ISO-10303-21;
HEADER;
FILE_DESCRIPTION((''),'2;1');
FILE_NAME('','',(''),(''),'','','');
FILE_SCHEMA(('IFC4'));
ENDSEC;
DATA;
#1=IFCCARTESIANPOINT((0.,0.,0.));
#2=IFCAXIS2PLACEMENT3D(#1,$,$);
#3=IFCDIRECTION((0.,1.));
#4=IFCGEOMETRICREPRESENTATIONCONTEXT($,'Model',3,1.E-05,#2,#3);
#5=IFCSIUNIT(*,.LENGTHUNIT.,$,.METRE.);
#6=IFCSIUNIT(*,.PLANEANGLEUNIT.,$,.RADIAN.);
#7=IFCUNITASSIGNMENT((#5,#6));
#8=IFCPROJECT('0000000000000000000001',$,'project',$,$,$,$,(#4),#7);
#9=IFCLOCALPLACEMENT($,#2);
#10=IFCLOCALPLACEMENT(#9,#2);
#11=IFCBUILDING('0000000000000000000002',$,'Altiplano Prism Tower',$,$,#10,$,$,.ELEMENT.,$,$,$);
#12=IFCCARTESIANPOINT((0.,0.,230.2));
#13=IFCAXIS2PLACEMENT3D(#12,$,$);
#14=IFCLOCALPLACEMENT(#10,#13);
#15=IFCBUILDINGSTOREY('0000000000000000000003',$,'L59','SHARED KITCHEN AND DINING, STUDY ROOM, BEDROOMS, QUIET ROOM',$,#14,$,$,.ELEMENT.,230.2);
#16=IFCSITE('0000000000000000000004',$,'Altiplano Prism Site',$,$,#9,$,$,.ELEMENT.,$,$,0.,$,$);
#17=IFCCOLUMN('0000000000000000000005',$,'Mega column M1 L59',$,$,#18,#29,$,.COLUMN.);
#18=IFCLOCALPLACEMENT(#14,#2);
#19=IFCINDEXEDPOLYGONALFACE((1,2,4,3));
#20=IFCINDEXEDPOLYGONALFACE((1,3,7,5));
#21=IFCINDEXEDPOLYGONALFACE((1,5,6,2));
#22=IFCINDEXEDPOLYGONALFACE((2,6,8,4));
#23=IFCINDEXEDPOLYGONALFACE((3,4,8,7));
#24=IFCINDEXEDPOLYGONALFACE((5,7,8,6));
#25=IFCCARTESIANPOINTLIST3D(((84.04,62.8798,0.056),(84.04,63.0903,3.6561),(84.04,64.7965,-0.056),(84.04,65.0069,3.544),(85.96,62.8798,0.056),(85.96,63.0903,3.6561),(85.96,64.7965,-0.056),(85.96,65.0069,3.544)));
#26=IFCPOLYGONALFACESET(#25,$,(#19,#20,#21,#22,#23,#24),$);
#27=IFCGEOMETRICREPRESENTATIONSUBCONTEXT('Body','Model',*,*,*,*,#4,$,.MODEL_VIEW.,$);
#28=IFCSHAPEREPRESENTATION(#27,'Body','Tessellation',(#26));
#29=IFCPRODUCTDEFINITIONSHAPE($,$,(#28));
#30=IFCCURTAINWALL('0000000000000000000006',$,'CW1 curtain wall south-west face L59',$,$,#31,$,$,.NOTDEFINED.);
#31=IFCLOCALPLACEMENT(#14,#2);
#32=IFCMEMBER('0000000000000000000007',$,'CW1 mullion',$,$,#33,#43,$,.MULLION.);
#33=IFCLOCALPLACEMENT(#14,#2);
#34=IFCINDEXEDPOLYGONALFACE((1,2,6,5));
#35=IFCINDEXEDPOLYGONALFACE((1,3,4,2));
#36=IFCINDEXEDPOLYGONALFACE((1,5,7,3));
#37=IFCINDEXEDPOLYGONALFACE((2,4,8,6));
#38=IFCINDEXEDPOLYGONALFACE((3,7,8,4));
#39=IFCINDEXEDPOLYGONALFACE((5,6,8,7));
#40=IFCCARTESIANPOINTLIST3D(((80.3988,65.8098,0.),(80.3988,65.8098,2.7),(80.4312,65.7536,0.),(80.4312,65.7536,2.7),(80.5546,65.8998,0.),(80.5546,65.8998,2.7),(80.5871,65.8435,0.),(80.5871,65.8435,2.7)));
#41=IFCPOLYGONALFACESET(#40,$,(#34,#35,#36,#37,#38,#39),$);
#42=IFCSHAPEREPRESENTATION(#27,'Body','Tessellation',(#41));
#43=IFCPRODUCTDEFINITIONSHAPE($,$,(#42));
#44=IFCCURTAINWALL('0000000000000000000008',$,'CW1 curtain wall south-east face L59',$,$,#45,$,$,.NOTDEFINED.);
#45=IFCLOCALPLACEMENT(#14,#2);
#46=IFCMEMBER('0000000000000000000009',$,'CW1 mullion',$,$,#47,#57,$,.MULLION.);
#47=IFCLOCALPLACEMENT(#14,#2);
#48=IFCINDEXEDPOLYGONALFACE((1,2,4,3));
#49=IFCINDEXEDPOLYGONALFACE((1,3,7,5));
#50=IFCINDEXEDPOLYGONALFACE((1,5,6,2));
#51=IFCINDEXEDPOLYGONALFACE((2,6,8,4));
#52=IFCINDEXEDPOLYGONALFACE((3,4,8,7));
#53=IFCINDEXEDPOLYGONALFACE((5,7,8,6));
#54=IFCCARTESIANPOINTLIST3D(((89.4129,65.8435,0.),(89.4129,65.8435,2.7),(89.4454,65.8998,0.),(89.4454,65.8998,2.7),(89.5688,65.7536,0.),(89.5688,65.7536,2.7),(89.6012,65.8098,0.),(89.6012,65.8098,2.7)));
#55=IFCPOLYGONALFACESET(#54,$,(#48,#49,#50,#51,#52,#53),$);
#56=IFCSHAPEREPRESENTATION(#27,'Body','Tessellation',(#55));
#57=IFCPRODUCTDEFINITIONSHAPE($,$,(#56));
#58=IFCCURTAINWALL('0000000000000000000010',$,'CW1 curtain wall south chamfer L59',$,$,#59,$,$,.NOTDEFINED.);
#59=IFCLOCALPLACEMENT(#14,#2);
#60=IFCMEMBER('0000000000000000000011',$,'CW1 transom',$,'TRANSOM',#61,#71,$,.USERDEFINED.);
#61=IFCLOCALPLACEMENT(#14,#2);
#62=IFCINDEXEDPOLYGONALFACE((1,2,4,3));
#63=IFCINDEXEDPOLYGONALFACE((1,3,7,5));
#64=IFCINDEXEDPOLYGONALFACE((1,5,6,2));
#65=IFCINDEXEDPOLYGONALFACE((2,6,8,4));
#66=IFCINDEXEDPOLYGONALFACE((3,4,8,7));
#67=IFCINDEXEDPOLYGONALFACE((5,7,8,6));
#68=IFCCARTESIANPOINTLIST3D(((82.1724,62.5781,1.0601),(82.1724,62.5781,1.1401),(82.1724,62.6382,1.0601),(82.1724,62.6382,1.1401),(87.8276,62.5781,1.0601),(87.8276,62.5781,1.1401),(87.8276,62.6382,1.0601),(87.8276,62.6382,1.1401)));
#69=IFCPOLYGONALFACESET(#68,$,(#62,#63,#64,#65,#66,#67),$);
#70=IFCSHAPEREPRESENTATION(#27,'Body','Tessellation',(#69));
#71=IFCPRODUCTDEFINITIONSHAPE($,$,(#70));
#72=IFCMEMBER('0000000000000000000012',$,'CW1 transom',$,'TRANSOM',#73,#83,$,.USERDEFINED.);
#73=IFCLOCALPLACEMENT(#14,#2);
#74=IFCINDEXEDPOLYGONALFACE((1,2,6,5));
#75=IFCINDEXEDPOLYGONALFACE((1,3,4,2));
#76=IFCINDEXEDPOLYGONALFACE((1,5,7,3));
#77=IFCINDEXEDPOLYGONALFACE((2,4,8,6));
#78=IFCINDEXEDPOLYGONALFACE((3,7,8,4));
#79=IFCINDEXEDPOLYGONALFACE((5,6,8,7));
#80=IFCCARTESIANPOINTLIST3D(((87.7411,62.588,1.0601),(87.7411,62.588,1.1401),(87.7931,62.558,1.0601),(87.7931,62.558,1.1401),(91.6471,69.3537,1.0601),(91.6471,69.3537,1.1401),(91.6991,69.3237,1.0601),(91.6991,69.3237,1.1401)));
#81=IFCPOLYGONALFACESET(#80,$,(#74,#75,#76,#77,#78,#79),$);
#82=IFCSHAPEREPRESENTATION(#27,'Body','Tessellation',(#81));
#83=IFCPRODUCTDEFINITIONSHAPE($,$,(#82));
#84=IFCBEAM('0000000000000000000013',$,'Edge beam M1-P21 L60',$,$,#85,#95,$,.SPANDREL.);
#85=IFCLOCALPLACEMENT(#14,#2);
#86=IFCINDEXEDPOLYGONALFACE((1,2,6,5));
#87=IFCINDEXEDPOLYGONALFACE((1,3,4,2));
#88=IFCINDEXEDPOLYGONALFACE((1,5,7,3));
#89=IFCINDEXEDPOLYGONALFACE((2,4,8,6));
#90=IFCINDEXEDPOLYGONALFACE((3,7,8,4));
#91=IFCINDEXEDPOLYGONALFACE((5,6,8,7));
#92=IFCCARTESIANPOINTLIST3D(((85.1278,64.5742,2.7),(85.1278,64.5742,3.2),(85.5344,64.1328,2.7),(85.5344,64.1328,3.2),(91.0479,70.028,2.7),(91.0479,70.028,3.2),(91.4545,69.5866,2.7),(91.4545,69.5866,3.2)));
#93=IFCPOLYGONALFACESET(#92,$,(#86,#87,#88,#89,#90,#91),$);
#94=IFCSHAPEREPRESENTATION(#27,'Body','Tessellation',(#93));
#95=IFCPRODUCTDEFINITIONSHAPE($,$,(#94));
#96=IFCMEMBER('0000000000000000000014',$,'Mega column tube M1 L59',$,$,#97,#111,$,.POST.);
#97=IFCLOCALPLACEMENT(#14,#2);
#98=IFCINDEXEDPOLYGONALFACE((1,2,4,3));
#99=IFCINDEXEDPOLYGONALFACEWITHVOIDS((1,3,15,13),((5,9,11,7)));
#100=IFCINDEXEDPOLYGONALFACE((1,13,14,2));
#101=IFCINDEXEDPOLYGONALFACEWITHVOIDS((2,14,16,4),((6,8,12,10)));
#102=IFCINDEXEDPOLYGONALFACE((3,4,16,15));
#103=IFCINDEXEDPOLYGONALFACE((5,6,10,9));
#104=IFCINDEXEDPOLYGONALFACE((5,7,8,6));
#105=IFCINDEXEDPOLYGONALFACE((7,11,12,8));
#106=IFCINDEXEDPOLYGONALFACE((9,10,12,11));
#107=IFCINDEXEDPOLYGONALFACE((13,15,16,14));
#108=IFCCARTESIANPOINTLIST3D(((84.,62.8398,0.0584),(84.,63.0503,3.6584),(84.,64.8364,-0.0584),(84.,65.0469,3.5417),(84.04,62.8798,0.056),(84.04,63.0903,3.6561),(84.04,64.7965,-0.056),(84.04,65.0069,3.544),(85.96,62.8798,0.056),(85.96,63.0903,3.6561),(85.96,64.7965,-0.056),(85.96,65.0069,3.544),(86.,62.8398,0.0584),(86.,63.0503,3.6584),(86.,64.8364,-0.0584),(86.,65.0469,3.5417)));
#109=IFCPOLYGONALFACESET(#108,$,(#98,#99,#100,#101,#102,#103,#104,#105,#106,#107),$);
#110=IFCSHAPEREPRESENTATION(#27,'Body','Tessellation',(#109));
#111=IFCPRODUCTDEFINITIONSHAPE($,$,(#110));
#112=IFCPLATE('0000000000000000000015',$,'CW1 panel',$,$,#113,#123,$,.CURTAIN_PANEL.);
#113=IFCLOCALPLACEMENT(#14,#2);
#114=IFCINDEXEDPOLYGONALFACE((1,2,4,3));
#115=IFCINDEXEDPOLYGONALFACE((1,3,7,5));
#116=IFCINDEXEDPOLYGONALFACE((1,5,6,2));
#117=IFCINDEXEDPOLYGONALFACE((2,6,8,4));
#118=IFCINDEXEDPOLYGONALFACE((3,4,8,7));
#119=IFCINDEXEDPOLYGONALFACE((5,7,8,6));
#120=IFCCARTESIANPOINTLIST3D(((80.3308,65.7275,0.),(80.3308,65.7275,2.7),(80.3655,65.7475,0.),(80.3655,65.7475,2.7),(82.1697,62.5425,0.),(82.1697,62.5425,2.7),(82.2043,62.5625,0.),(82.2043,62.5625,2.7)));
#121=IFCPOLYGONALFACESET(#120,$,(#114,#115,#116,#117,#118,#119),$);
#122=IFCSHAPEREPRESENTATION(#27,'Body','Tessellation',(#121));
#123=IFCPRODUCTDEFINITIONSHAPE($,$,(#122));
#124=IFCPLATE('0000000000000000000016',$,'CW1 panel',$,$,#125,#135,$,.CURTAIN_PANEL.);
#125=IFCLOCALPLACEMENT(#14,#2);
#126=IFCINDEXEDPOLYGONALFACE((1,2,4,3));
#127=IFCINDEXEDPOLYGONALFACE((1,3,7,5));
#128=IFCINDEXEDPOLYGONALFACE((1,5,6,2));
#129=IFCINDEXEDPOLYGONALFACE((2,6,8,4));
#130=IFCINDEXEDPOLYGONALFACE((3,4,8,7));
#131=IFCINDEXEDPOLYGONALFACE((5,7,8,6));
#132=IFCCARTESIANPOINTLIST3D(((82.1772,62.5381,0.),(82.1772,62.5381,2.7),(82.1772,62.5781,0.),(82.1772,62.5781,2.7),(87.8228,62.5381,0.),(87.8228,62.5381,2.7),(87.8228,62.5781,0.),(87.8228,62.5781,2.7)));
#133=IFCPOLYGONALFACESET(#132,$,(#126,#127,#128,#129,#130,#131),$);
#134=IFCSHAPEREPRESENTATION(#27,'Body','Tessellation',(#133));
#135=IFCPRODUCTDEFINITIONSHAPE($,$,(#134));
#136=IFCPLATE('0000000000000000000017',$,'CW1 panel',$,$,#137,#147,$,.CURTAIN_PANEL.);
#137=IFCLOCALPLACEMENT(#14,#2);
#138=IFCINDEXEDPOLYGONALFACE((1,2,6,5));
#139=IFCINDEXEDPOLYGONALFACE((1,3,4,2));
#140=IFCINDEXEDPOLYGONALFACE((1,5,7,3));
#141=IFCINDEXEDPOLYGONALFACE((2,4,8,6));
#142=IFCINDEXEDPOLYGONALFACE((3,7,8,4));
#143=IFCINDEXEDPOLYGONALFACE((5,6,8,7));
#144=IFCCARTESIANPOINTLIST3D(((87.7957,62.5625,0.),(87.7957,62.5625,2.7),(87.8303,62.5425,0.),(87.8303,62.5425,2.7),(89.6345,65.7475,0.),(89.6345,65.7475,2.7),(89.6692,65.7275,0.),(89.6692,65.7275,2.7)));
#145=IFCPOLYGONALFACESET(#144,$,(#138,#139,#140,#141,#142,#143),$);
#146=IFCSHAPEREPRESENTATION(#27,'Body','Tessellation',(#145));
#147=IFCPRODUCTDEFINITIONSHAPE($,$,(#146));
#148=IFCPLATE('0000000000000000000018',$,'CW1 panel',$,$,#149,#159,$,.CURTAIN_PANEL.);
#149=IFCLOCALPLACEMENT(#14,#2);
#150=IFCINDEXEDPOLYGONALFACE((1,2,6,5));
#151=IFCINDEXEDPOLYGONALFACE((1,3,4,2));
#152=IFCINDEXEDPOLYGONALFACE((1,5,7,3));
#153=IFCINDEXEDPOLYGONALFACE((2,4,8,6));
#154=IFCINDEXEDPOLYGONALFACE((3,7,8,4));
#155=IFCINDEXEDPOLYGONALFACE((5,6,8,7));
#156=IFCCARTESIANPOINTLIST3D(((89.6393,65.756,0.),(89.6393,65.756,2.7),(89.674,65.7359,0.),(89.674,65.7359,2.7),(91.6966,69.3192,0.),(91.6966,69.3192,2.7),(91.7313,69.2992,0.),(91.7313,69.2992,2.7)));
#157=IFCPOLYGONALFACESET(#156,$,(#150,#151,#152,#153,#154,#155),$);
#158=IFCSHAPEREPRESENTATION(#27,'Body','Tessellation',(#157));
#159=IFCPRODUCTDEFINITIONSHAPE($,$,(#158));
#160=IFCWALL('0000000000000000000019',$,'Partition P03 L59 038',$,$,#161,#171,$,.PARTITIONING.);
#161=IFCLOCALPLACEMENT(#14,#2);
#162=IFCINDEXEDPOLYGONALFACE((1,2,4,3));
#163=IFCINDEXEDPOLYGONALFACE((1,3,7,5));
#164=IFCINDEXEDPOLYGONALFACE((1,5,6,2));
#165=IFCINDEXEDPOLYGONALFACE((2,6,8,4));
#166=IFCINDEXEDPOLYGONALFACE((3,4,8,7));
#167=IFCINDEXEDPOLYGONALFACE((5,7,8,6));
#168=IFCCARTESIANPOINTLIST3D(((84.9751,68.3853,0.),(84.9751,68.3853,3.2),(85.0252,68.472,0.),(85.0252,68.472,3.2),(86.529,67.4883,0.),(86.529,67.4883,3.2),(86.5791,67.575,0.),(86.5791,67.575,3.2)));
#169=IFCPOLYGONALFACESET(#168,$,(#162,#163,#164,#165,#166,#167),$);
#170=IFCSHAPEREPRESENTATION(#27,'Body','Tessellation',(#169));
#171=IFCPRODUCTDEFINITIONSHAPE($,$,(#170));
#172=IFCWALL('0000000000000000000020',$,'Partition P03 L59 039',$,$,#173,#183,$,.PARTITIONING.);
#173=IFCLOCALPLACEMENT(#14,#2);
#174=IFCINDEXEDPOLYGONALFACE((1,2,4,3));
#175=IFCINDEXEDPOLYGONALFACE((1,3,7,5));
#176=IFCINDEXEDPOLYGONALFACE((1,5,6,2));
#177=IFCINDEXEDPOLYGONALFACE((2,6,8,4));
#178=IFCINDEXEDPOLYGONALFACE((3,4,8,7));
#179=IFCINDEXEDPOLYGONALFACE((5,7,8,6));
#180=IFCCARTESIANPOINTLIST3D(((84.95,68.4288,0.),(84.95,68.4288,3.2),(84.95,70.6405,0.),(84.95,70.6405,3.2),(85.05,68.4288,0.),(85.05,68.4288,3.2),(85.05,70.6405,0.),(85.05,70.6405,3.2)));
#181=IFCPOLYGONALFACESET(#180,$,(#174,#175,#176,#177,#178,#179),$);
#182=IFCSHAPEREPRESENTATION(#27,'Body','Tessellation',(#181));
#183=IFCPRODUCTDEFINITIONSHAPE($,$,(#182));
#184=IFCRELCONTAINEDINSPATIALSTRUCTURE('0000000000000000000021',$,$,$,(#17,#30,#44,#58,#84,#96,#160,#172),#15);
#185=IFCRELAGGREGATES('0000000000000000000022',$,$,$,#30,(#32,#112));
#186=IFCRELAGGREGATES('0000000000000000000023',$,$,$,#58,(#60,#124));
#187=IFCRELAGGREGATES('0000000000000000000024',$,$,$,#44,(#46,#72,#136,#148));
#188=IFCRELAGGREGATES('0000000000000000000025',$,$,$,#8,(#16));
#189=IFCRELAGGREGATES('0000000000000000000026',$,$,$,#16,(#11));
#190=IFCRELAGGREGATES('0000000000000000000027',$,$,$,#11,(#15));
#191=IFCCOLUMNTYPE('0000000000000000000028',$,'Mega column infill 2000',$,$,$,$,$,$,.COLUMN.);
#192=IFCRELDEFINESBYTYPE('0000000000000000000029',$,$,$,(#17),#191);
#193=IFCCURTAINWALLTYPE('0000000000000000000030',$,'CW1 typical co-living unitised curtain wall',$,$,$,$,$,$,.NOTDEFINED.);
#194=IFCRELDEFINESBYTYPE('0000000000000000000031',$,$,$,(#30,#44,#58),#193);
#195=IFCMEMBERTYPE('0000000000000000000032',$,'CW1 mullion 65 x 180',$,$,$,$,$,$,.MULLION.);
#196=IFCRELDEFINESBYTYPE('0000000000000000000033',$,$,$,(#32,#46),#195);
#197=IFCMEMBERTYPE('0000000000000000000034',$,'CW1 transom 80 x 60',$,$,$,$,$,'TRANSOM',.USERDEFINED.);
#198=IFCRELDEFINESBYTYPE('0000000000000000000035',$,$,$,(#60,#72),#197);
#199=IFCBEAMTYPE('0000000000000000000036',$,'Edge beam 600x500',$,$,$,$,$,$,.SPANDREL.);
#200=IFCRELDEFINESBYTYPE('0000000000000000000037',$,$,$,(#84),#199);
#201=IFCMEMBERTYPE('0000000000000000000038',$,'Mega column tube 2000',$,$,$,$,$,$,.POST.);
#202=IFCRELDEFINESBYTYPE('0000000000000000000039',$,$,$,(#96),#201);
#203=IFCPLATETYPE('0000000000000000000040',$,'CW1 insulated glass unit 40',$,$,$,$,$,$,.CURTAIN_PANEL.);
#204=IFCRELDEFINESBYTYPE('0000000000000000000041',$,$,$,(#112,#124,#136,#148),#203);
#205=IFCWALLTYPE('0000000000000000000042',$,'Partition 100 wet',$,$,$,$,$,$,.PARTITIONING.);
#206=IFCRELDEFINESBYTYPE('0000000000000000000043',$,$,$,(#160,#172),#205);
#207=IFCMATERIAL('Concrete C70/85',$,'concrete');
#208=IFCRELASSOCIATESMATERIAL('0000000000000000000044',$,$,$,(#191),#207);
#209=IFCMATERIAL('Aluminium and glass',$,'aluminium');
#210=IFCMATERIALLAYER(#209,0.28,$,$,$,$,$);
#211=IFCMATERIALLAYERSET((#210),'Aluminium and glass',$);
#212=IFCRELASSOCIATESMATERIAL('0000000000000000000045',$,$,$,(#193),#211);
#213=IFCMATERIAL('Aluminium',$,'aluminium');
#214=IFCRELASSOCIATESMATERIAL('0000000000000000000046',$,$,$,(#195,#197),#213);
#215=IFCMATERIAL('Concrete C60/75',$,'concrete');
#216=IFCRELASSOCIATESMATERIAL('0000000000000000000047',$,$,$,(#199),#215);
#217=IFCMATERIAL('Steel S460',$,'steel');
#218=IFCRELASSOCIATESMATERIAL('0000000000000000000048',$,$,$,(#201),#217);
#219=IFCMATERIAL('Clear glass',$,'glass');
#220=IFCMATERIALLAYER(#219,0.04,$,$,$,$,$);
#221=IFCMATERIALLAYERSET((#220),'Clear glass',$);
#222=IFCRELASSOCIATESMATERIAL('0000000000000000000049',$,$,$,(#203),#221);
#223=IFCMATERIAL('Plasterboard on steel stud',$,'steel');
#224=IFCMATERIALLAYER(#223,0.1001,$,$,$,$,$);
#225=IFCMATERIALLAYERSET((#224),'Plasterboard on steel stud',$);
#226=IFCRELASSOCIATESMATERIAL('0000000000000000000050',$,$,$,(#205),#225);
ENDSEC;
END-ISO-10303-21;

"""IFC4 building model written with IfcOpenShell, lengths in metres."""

from ifc_helpers import new_model, si_unit, direction, frame, frame_2d, origin, origin_2d, place, context, subcontext, project, spatial, rectangle, hollow_rectangle, extrude, material, layer, layer_set, material_profile, profile_set, type_object, element, aggregate, save


model = new_model("IFC4")

# Units and contexts
model_context = context("Model", 3, precision=1e-05, world=origin(), true_north=direction((0.0, 1.0)))
body_context = subcontext(model_context, "Body", "Model", "MODEL_VIEW")
ifc_project = project(units=[si_unit("LENGTHUNIT", "METRE"), si_unit("PLANEANGLEUNIT", "RADIAN")], contexts=[model_context])

# Site, building, storey
site_placement = place(None, origin())
site = spatial("IfcSite", under=ifc_project, at=site_placement, Name="Altiplano Prism Site", CompositionType="ELEMENT", RefElevation=0.0)
building_placement = place(site_placement, origin())
building = spatial("IfcBuilding", under=site, at=building_placement, Name="Altiplano Prism Tower", CompositionType="ELEMENT")
storey_placement = place(building_placement, frame((0.0, 0.0, 230.2)))
storey = spatial("IfcBuildingStorey", under=building, at=storey_placement, Name="L59", Description="SHARED KITCHEN AND DINING, STUDY ROOM, BEDROOMS, QUIET ROOM", CompositionType="ELEMENT", Elevation=230.2)

# Column
ifc_material_1 = material(Name="Concrete C70/85", Category="concrete")
ifc_material_profile_1 = material_profile(ifc_material_1, rectangle(XDim=1.9199, YDim=1.9199, at=origin_2d()), Name="Mega column infill 2000")
ifc_profile_set_1 = profile_set([ifc_material_profile_1], Name="Concrete C70/85")
column_type = type_object("IfcColumnType", Name="Mega column infill 2000", PredefinedType="COLUMN", material=ifc_profile_set_1)
column_placement = place(storey_placement, frame((85.0, 63.8381, 0.0), z_axis=(0.0, 0.058357, 0.998296), x_axis=(-1.0, 0.0, 0.0)))
element("IfcColumn", 1, at=column_placement, inside=storey, type_object=column_type, Name="Mega column M1 L59", PredefinedType="COLUMN", context=body_context, shape_type="SweptSolid", body=[
    extrude(rectangle(XDim=1.9199, YDim=1.9199, at=origin_2d()), origin(), (0.0, 0.0, 1.0), 3.6062),
])

# Curtain walls, members
ifc_material_2 = material(Name="Aluminium and glass", Category="aluminium")
ifc_layer_1 = layer(ifc_material_2, 0.28)
ifc_layer_set_1 = layer_set([ifc_layer_1], Name="Aluminium and glass")
curtain_wall_type = type_object("IfcCurtainWallType", Name="CW1 typical co-living unitised curtain wall", PredefinedType="NOTDEFINED", material=ifc_layer_set_1)
curtain_wall_1_placement = place(storey_placement, origin())
curtain_wall_1 = element("IfcCurtainWall", 2, at=curtain_wall_1_placement, inside=storey, type_object=curtain_wall_type, Name="CW1 curtain wall south-west face L59", PredefinedType="NOTDEFINED")
ifc_material_3 = material(Name="Aluminium", Category="aluminium")
ifc_material_profile_2 = material_profile(ifc_material_3, rectangle(XDim=0.1799, YDim=0.0649, at=origin_2d()), Name="CW1 mullion 65 x 180")
ifc_profile_set_2 = profile_set([ifc_material_profile_2], Name="Aluminium")
member_type_1 = type_object("IfcMemberType", Name="CW1 mullion 65 x 180", PredefinedType="MULLION", material=ifc_profile_set_2)
member_1_placement = place(storey_placement, frame((80.4929, 65.8267, 0.0), z_axis=(0.0, 0.0, 1.0), x_axis=(0.866025, 0.5, 0.0)))
member_1 = element("IfcMember", 3, at=member_1_placement, type_object=member_type_1, Name="CW1 mullion", PredefinedType="MULLION", context=body_context, shape_type="SweptSolid", body=[
    extrude(rectangle(XDim=0.1799, YDim=0.0649, at=origin_2d()), origin(), (0.0, 0.0, 1.0), 2.7),
])
curtain_wall_2_placement = place(storey_placement, origin())
curtain_wall_2 = element("IfcCurtainWall", 4, at=curtain_wall_2_placement, inside=storey, type_object=curtain_wall_type, Name="CW1 curtain wall south-east face L59", PredefinedType="NOTDEFINED")
member_2_placement = place(storey_placement, frame((89.5071, 65.8267, 0.0), z_axis=(0.0, 0.0, 1.0), x_axis=(-0.866025, 0.5, 0.0)))
member_2 = element("IfcMember", 5, at=member_2_placement, type_object=member_type_1, Name="CW1 mullion", PredefinedType="MULLION", context=body_context, shape_type="SweptSolid", body=[
    extrude(rectangle(XDim=0.1799, YDim=0.0649, at=origin_2d()), origin(), (0.0, 0.0, 1.0), 2.7),
])
curtain_wall_3_placement = place(storey_placement, origin())
curtain_wall_3 = element("IfcCurtainWall", 6, at=curtain_wall_3_placement, inside=storey, type_object=curtain_wall_type, Name="CW1 curtain wall south chamfer L59", PredefinedType="NOTDEFINED")
ifc_material_profile_3 = material_profile(ifc_material_3, rectangle(XDim=0.0601, YDim=0.0801, at=origin_2d()), Name="CW1 transom 80 x 60")
ifc_profile_set_3 = profile_set([ifc_material_profile_3], Name="Aluminium")
member_type_2 = type_object("IfcMemberType", Name="CW1 transom 80 x 60", ElementType="TRANSOM", PredefinedType="USERDEFINED", material=ifc_profile_set_3)
member_3_placement = place(storey_placement, frame((82.1724, 62.6082, 1.1001), z_axis=(1.0, 0.0, 0.0), x_axis=(0.0, 1.0, 0.0)))
member_3 = element("IfcMember", 7, at=member_3_placement, type_object=member_type_2, Name="CW1 transom", ObjectType="TRANSOM", PredefinedType="USERDEFINED", context=body_context, shape_type="SweptSolid", body=[
    extrude(rectangle(XDim=0.0601, YDim=0.0801, at=origin_2d()), origin(), (0.0, 0.0, 1.0), 5.6553),
])

# Member
member_4_placement = place(storey_placement, frame((87.7671, 62.573, 1.1001), z_axis=(0.499988, 0.866033, 0.0), x_axis=(-0.866033, 0.499988, 0.0)))
member_4 = element("IfcMember", 8, at=member_4_placement, type_object=member_type_2, Name="CW1 transom", ObjectType="TRANSOM", PredefinedType="USERDEFINED", context=body_context, shape_type="SweptSolid", body=[
    extrude(rectangle(XDim=0.0601, YDim=0.0801, at=origin_2d()), origin(), (0.0, 0.0, 1.0), 7.8123),
])

# Beam
ifc_material_4 = material(Name="Concrete C60/75", Category="concrete")
ifc_material_profile_4 = material_profile(ifc_material_4, rectangle(XDim=0.6001, YDim=0.5, at=origin_2d()), Name="Edge beam 600x500")
ifc_profile_set_4 = profile_set([ifc_material_profile_4], Name="Concrete C60/75")
beam_type = type_object("IfcBeamType", Name="Edge beam 600x500", PredefinedType="SPANDREL", material=ifc_profile_set_4)
beam_placement = place(storey_placement, frame((85.3311, 64.3535, 2.95), z_axis=(0.735479, 0.677548, 0.0), x_axis=(-0.677548, 0.735479, 0.0)))
element("IfcBeam", 9, at=beam_placement, inside=storey, type_object=beam_type, Name="Edge beam M1-P21 L60", PredefinedType="SPANDREL", context=body_context, shape_type="SweptSolid", body=[
    extrude(rectangle(XDim=0.6001, YDim=0.5, at=origin_2d()), origin(), (0.0, 0.0, 1.0), 8.0493),
])

# Member
ifc_material_5 = material(Name="Steel S460", Category="steel")
ifc_material_profile_5 = material_profile(ifc_material_5, hollow_rectangle(XDim=2.0, YDim=2.0, WallThickness=0.04, at=origin_2d()), Name="Mega column tube 2000")
ifc_profile_set_5 = profile_set([ifc_material_profile_5], Name="Steel S460")
member_type_3 = type_object("IfcMemberType", Name="Mega column tube 2000", PredefinedType="POST", material=ifc_profile_set_5)
member_5_placement = place(storey_placement, frame((85.0, 63.8381, 0.0), z_axis=(0.0, 0.058357, 0.998296), x_axis=(-1.0, 0.0, 0.0)))
element("IfcMember", 10, at=member_5_placement, inside=storey, type_object=member_type_3, Name="Mega column tube M1 L59", PredefinedType="POST", context=body_context, shape_type="SweptSolid", body=[
    extrude(hollow_rectangle(XDim=2.0, YDim=2.0, WallThickness=0.04, at=origin_2d()), origin(), (0.0, 0.0, 1.0), 3.6062),
])

# Plates
ifc_material_6 = material(Name="Clear glass", Category="glass")
ifc_layer_2 = layer(ifc_material_6, 0.04)
ifc_layer_set_2 = layer_set([ifc_layer_2], Name="Clear glass")
plate_type = type_object("IfcPlateType", Name="CW1 insulated glass unit 40", PredefinedType="CURTAIN_PANEL", material=ifc_layer_set_2)
plate_1_placement = place(storey_placement, frame((81.2676, 64.145, 0.0), z_axis=(0.0, 0.0, 1.0), x_axis=(0.5, -0.866025, 0.0)))
plate_1 = element("IfcPlate", 11, at=plate_1_placement, type_object=plate_type, Name="CW1 panel", PredefinedType="CURTAIN_PANEL", context=body_context, shape_type="SweptSolid", body=[
    extrude(rectangle(XDim=3.6777, YDim=0.04, at=origin_2d()), origin(), (0.0, 0.0, 1.0), 2.7),
])
aggregate(curtain_wall_1, [member_1, plate_1])
plate_2_placement = place(storey_placement, frame((85.0, 62.5581, 0.0), z_axis=(0.0, 0.0, 1.0), x_axis=(1.0, 0.0, 0.0)))
plate_2 = element("IfcPlate", 12, at=plate_2_placement, type_object=plate_type, Name="CW1 panel", PredefinedType="CURTAIN_PANEL", context=body_context, shape_type="SweptSolid", body=[
    extrude(rectangle(XDim=5.6455, YDim=0.04, at=origin_2d()), origin(), (0.0, 0.0, 1.0), 2.7),
])
aggregate(curtain_wall_3, [member_3, plate_2])
plate_3_placement = place(storey_placement, frame((88.7324, 64.145, 0.0), z_axis=(0.0, 0.0, 1.0), x_axis=(0.5, 0.866025, 0.0)))
plate_3 = element("IfcPlate", 13, at=plate_3_placement, type_object=plate_type, Name="CW1 panel", PredefinedType="CURTAIN_PANEL", context=body_context, shape_type="SweptSolid", body=[
    extrude(rectangle(XDim=3.6777, YDim=0.04, at=origin_2d()), origin(), (0.0, 0.0, 1.0), 2.7),
])
plate_4_placement = place(storey_placement, frame((90.6853, 67.5276, 0.0), z_axis=(0.0, 0.0, 1.0), x_axis=(0.5, 0.866025, 0.0)))
plate_4 = element("IfcPlate", 14, at=plate_4_placement, type_object=plate_type, Name="CW1 panel", PredefinedType="CURTAIN_PANEL", context=body_context, shape_type="SweptSolid", body=[
    extrude(rectangle(XDim=4.1145, YDim=0.04, at=origin_2d()), origin(), (0.0, 0.0, 1.0), 2.7),
])
aggregate(curtain_wall_2, [member_2, member_4, plate_3, plate_4])

# Walls
ifc_material_7 = material(Name="Plasterboard on steel stud", Category="steel")
ifc_layer_3 = layer(ifc_material_7, 0.1001)
ifc_layer_set_3 = layer_set([ifc_layer_3], Name="Plasterboard on steel stud")
wall_type_1 = type_object("IfcWallType", Name="Partition 100 wet", PredefinedType="PARTITIONING", material=ifc_layer_set_3)
wall_1_placement = place(storey_placement, frame((86.554, 67.5317, 0.0), z_axis=(0.0, 0.0, 1.0), x_axis=(-0.866075, 0.499915, 0.0)))
element("IfcWall", 15, at=wall_1_placement, inside=storey, type_object=wall_type_1, Name="Partition P03 L59 038", PredefinedType="PARTITIONING", context=body_context, shape_type="SweptSolid", body=[
    extrude(rectangle(XDim=1.7942, YDim=0.1001, at=frame_2d((0.897, 0.0))), origin(), (0.0, 0.0, 1.0), 3.2),
])
wall_2_placement = place(storey_placement, frame((85.0, 68.4287, 0.0), z_axis=(0.0, 0.0, 1.0), x_axis=(0.0, 1.0, 0.0)))
element("IfcWall", 16, at=wall_2_placement, inside=storey, type_object=wall_type_1, Name="Partition P03 L59 039", PredefinedType="PARTITIONING", context=body_context, shape_type="SweptSolid", body=[
    extrude(rectangle(XDim=2.2117, YDim=0.1001, at=frame_2d((1.106, 0.0))), origin(), (0.0, 0.0, 1.0), 3.2),
])

save(model, "model.ifc")
